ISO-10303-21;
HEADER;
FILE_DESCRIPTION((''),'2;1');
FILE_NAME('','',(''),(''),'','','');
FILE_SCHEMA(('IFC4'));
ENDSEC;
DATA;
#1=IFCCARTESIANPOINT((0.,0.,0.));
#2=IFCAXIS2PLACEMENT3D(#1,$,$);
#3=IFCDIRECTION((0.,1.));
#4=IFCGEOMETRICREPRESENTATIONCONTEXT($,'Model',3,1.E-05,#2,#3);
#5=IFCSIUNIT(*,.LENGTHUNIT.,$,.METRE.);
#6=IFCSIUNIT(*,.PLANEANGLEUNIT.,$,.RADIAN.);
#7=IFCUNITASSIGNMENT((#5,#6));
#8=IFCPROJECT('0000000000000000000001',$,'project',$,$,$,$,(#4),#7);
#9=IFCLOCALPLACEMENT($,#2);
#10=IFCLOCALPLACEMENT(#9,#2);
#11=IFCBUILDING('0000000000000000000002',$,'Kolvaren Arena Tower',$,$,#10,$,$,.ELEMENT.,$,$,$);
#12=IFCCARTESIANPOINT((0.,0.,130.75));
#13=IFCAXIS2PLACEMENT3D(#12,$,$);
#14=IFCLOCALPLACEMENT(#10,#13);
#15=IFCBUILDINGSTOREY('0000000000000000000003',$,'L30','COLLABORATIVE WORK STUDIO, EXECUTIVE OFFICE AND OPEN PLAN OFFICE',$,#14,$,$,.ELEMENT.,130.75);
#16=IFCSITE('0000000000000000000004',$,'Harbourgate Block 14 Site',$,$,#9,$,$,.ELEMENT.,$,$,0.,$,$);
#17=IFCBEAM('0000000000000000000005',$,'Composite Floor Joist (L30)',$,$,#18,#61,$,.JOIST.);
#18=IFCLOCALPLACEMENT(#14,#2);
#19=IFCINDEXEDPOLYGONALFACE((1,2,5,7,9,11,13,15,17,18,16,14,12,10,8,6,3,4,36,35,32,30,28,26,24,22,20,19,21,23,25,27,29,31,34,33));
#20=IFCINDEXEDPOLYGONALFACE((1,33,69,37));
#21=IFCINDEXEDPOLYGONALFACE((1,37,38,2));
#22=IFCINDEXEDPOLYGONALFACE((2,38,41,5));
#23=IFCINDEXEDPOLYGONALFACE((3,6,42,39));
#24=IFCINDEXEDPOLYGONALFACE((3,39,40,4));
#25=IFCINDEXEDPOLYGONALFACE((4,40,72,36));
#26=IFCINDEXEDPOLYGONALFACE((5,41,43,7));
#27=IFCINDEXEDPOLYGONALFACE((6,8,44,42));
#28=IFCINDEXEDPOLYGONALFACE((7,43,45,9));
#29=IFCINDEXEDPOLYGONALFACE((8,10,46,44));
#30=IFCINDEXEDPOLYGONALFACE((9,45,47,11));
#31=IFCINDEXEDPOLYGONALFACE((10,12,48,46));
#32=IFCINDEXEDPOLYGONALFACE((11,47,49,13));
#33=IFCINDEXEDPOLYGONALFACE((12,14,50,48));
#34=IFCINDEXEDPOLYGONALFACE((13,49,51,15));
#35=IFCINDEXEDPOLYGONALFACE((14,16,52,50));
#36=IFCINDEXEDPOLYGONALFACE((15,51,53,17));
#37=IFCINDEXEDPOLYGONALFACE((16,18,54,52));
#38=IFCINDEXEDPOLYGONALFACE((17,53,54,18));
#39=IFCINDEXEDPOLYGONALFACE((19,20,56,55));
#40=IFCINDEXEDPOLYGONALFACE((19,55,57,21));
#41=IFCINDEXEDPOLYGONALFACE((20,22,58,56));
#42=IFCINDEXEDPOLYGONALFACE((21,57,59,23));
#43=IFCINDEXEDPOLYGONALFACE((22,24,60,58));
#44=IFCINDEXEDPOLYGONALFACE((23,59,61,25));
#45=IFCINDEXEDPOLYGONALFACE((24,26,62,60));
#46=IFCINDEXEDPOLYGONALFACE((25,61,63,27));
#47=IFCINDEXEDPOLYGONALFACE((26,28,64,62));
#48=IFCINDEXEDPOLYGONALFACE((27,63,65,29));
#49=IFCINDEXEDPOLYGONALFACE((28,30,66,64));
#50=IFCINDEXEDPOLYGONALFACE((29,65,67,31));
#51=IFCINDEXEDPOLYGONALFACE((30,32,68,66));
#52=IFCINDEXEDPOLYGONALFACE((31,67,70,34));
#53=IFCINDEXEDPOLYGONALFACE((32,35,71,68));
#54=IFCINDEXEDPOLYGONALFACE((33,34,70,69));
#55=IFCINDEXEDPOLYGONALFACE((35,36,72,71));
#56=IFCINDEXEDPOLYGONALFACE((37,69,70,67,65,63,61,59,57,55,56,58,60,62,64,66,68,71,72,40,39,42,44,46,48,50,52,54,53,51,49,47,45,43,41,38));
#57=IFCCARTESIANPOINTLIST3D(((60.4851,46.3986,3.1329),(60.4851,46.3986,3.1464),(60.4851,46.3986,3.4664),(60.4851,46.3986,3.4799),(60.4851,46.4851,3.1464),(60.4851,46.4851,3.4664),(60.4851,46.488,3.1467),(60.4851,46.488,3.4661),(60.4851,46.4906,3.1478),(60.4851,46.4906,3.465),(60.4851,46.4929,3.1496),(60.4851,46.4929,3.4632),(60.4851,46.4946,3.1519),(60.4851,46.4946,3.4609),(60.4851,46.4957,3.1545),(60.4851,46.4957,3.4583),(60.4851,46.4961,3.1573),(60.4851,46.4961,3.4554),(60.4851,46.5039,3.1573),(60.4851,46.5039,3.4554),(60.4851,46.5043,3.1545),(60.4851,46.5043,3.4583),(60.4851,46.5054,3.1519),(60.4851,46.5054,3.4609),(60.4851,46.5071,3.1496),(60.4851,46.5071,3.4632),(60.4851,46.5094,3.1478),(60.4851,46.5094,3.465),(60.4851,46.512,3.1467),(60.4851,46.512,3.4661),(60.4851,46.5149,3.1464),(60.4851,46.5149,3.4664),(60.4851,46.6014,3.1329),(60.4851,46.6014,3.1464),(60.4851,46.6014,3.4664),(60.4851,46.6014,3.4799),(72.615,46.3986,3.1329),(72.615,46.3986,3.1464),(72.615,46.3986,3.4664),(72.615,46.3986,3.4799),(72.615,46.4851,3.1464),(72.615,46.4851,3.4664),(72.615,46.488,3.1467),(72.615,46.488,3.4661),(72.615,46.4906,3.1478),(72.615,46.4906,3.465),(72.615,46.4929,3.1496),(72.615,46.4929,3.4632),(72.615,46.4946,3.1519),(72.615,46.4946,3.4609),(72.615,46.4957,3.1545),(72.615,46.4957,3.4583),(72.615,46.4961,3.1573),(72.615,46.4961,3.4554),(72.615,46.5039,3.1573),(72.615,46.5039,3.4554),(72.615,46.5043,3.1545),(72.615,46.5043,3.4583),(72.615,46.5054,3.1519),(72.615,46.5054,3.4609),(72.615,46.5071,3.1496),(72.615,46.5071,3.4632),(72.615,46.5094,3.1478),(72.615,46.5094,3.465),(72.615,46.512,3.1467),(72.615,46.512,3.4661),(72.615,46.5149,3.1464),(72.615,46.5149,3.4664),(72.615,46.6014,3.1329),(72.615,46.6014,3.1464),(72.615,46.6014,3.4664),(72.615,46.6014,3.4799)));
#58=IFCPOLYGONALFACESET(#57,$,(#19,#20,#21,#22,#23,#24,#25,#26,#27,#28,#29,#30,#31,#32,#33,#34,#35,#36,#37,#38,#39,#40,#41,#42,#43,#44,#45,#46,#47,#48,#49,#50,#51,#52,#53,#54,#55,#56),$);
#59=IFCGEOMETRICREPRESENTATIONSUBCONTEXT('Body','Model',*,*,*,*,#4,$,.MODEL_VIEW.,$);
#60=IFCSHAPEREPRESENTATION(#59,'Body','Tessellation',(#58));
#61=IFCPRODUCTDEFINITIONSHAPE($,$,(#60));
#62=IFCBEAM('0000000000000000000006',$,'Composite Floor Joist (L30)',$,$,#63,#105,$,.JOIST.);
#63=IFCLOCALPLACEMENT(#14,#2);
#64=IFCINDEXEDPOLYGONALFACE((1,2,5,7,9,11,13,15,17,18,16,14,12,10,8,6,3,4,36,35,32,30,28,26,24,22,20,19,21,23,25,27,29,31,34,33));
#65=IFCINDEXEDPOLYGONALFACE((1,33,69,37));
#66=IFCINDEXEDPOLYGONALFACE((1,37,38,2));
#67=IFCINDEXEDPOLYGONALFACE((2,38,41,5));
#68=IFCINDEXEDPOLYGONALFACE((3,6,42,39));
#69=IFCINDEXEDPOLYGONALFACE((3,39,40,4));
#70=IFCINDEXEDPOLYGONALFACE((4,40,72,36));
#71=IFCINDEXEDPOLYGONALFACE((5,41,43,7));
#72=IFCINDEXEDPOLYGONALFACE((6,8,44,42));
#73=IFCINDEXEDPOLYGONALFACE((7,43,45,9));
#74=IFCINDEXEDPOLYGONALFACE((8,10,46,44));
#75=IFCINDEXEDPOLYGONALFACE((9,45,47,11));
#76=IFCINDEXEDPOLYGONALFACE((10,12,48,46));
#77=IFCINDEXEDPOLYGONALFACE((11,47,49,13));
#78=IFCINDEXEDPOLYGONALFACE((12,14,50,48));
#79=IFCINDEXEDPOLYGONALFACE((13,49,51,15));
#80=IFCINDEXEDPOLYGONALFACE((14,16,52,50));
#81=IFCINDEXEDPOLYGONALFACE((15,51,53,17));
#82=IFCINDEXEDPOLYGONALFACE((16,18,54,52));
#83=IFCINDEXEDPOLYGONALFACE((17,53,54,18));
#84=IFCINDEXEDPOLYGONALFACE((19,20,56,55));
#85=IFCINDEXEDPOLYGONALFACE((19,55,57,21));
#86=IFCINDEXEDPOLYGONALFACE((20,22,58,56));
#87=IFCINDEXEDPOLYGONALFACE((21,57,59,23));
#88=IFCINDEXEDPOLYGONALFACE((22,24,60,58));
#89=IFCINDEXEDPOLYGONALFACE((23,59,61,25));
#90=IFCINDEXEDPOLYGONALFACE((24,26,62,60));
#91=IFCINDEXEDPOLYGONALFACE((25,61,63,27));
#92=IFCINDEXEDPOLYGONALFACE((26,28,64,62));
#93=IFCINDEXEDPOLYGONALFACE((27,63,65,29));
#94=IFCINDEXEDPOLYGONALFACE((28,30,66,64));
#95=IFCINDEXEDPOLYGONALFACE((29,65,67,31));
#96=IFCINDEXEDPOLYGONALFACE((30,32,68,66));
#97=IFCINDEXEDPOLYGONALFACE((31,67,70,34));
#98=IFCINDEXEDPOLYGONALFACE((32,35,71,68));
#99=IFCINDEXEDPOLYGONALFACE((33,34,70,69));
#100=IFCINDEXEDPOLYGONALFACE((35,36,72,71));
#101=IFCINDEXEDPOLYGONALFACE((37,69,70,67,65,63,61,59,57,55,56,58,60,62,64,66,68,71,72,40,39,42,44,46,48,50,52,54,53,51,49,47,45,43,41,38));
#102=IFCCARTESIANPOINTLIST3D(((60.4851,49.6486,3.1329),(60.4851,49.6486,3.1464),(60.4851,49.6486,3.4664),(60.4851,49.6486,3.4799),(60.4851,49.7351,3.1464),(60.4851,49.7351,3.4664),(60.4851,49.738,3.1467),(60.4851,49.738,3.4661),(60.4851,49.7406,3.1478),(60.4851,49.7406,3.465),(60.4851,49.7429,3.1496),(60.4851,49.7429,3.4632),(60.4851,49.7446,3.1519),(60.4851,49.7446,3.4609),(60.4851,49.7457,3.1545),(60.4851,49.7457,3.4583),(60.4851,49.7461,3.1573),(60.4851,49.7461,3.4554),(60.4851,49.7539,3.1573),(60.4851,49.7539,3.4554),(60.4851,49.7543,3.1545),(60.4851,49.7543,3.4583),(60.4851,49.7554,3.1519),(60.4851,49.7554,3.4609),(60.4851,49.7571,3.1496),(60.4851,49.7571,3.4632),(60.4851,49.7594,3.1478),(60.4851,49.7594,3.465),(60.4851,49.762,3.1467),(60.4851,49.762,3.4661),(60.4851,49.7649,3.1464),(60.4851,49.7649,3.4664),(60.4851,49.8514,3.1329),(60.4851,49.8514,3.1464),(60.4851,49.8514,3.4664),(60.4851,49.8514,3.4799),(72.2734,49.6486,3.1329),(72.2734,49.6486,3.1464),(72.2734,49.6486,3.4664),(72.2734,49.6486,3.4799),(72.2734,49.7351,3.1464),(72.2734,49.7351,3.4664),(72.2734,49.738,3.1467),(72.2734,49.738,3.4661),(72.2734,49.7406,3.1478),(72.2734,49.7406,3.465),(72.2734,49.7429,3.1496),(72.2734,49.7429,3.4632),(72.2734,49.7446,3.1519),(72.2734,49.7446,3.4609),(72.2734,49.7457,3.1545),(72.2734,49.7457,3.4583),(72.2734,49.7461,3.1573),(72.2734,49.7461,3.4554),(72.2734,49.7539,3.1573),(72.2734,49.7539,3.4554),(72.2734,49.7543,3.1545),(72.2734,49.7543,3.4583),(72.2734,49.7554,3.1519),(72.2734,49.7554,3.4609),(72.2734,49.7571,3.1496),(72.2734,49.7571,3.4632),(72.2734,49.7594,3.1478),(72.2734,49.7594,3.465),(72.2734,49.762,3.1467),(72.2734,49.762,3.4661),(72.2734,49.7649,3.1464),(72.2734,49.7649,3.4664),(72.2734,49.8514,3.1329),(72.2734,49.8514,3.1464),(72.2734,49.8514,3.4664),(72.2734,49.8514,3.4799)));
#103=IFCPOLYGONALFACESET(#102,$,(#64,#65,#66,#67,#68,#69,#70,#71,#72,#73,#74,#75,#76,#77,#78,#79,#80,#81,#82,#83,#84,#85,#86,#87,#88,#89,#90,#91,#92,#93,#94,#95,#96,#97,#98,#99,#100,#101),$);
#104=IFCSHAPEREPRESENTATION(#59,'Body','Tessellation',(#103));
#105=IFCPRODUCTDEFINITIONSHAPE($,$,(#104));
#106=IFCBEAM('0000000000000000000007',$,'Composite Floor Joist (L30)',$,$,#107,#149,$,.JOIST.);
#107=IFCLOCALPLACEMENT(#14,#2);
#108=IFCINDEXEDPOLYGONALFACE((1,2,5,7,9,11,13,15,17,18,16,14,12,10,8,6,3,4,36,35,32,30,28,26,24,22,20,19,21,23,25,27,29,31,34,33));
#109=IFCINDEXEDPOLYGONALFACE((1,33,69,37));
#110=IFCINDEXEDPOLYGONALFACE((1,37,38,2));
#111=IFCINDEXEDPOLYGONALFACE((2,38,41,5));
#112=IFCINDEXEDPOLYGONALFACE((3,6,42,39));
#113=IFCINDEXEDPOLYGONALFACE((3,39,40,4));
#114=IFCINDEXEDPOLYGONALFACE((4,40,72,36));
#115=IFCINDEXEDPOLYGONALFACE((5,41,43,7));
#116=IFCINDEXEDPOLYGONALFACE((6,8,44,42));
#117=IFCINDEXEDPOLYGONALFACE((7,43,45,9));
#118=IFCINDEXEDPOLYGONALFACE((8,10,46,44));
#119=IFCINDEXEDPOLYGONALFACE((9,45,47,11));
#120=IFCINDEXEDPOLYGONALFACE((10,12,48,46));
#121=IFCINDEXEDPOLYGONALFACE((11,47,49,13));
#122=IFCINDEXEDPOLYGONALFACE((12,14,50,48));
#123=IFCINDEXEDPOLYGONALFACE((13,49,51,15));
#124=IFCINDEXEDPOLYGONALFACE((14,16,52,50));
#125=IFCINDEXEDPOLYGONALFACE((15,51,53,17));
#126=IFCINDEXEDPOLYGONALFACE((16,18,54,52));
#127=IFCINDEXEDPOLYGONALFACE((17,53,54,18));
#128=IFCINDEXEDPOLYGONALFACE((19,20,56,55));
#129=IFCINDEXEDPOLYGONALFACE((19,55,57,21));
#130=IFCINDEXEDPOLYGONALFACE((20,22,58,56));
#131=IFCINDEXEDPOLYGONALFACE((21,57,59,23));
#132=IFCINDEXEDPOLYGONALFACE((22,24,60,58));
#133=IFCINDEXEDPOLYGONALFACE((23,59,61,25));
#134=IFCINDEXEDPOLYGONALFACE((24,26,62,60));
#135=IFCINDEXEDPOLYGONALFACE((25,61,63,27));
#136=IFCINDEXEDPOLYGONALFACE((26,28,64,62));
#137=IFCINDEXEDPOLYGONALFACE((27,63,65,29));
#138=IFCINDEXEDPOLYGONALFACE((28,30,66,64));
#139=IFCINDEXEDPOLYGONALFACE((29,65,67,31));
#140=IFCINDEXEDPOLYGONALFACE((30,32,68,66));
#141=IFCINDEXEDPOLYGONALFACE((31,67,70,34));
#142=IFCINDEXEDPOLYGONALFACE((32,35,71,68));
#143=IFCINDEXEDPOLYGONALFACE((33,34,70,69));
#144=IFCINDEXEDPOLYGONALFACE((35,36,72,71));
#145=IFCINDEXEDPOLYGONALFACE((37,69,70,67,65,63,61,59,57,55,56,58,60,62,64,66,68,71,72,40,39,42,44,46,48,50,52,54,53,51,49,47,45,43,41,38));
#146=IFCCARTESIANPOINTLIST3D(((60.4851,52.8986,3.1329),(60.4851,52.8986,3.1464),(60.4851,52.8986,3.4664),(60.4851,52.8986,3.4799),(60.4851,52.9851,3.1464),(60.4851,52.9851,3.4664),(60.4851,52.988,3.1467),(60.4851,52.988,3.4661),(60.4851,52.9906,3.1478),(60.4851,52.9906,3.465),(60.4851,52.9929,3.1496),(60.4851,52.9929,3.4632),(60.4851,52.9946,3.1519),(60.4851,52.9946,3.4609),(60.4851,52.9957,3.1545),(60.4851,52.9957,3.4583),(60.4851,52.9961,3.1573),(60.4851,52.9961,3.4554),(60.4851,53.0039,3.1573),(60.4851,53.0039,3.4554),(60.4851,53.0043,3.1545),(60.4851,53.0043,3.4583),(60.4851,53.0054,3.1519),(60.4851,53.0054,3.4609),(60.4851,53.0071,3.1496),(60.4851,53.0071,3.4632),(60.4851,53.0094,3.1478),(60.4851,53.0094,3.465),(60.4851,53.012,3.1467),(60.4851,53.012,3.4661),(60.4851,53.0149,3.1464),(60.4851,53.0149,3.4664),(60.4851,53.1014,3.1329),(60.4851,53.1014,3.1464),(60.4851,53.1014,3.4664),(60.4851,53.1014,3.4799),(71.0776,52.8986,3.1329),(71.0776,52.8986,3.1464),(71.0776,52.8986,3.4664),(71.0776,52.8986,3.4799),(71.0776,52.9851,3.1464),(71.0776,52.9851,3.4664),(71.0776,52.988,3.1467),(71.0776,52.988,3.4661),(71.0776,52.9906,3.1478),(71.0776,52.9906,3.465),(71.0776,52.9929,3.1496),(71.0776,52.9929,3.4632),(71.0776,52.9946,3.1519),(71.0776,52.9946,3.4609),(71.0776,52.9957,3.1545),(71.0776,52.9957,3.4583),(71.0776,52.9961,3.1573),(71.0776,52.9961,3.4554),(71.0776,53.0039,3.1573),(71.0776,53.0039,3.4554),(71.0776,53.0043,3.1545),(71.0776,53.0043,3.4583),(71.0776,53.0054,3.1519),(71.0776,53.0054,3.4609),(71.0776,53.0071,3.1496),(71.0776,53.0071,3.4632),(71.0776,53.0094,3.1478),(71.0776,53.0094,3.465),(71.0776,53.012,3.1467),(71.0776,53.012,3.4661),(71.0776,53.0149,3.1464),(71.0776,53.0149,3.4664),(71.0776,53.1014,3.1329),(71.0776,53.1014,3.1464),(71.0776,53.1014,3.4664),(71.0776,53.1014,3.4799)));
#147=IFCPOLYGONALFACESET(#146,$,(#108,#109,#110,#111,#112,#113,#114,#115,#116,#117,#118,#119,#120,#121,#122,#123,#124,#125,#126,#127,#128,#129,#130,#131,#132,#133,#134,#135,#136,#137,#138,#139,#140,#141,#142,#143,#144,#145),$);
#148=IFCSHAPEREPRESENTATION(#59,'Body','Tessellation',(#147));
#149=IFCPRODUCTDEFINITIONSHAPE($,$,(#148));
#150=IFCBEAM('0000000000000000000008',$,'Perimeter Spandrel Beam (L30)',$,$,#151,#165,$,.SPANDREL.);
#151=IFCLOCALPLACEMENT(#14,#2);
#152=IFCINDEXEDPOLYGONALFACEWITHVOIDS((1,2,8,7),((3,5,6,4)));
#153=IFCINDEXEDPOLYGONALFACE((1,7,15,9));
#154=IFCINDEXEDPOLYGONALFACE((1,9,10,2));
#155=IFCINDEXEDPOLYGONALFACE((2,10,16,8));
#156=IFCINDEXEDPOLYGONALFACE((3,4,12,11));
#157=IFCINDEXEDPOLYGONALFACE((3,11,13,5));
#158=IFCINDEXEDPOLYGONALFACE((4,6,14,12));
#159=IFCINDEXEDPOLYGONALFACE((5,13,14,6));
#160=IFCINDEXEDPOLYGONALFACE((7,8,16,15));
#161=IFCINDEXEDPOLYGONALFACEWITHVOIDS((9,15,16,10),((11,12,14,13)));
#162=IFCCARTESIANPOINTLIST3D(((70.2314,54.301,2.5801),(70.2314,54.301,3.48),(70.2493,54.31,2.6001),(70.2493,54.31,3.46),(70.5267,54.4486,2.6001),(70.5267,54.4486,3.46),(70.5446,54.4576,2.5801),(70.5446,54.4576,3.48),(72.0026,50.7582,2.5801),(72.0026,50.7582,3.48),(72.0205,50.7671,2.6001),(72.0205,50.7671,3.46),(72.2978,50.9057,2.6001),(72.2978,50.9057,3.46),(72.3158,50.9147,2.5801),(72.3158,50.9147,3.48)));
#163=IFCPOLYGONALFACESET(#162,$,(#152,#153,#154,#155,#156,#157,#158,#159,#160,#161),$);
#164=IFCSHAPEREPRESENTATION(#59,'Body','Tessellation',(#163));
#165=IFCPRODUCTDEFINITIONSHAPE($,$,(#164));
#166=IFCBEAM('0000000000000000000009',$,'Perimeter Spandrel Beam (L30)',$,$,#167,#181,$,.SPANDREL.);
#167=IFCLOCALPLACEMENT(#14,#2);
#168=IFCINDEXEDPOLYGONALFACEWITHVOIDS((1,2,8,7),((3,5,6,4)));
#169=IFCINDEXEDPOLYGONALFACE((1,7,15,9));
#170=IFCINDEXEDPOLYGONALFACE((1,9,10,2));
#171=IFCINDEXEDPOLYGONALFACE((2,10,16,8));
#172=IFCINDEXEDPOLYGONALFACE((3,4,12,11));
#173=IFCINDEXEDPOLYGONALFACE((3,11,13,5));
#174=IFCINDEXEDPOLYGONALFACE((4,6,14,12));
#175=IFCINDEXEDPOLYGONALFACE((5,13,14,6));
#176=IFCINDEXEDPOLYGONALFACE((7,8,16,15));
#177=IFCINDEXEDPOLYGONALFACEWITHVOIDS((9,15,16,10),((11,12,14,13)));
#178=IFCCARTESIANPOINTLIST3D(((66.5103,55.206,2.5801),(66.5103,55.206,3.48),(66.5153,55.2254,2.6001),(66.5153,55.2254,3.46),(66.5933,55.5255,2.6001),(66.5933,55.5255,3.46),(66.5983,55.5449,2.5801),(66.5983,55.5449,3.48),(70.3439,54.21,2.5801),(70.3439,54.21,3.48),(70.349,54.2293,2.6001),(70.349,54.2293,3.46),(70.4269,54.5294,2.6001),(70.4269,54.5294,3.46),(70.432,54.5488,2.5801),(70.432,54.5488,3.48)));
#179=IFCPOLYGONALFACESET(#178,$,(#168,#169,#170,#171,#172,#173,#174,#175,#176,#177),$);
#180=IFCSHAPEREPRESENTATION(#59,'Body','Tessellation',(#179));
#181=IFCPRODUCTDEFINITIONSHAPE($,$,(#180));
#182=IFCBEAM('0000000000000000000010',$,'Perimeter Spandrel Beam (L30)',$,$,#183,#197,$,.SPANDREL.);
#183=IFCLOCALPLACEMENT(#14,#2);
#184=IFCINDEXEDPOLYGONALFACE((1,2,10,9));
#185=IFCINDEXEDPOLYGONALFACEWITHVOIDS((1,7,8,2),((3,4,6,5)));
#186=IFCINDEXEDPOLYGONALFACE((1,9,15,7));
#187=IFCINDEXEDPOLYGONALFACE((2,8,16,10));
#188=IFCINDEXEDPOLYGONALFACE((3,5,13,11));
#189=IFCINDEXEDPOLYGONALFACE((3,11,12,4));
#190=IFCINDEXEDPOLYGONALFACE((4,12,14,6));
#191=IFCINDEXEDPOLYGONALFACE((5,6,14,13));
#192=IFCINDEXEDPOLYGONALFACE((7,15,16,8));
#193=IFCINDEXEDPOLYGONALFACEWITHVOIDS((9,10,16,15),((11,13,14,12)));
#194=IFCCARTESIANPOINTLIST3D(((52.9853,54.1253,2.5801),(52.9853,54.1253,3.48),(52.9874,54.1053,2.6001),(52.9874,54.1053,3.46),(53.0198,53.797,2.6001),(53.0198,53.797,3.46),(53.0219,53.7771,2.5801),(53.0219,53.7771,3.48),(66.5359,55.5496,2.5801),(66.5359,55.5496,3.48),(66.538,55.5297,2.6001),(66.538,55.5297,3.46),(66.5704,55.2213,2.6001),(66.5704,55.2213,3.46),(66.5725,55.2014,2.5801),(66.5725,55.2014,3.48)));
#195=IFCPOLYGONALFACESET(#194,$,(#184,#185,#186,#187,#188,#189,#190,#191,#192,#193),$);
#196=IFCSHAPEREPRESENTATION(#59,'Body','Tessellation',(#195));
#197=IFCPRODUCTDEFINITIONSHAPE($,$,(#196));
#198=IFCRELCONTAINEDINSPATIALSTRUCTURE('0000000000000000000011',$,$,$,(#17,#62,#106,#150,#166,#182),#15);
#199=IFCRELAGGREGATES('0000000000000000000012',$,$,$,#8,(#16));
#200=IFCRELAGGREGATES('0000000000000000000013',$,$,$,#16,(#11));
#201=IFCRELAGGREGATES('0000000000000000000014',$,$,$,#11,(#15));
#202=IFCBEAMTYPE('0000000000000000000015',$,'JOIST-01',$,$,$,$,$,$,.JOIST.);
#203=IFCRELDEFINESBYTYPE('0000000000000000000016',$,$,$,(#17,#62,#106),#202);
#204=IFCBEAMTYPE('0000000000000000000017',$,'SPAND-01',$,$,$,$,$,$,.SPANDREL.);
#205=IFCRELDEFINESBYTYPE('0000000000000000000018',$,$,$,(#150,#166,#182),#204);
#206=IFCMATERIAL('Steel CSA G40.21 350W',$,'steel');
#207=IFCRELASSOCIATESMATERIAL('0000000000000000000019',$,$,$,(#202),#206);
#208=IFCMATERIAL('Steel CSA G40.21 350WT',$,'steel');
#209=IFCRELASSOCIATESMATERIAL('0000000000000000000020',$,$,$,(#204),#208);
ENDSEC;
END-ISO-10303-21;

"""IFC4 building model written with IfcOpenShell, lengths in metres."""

from ifc_helpers import new_model, si_unit, direction, frame, origin, origin_2d, place, context, subcontext, project, spatial, hollow_rectangle, i_section, extrude, material, material_profile, profile_set, type_object, element, save


model = new_model("IFC4")

# Units and contexts
model_context = context("Model", 3, precision=1e-05, world=origin(), true_north=direction((0.0, 1.0)))
body_context = subcontext(model_context, "Body", "Model", "MODEL_VIEW")
ifc_project = project(units=[si_unit("LENGTHUNIT", "METRE"), si_unit("PLANEANGLEUNIT", "RADIAN")], contexts=[model_context])

# Site, building, storey
site_placement = place(None, origin())
site = spatial("IfcSite", under=ifc_project, at=site_placement, Name="Harbourgate Block 14 Site", CompositionType="ELEMENT", RefElevation=0.0)
building_placement = place(site_placement, origin())
building = spatial("IfcBuilding", under=site, at=building_placement, Name="Kolvaren Arena Tower", CompositionType="ELEMENT")
storey_placement = place(building_placement, frame((0.0, 0.0, 130.75)))
storey = spatial("IfcBuildingStorey", under=building, at=storey_placement, Name="L30", Description="COLLABORATIVE WORK STUDIO, EXECUTIVE OFFICE AND OPEN PLAN OFFICE", CompositionType="ELEMENT", Elevation=130.75)

# Beams
ifc_material_1 = material(Name="Steel CSA G40.21 350W", Category="steel")
ifc_material_profile_1 = material_profile(ifc_material_1, i_section(OverallWidth=0.2029, OverallDepth=0.3469, WebThickness=0.0078, FlangeThickness=0.0134, FilletRadius=0.011, at=origin_2d()), Name="W360x64")
ifc_profile_set_1 = profile_set([ifc_material_profile_1], Name="Steel CSA G40.21 350W")
beam_type_1 = type_object("IfcBeamType", Name="JOIST-01", PredefinedType="JOIST", material=ifc_profile_set_1)
beam_1_placement = place(storey_placement, frame((60.4851, 46.5, 3.3064), z_axis=(1.0, 0.0, 0.0), x_axis=(0.0, 1.0, 0.0)))
element("IfcBeam", 1, at=beam_1_placement, inside=storey, type_object=beam_type_1, Name="Composite Floor Joist (L30)", PredefinedType="JOIST", context=body_context, shape_type="SweptSolid", body=[
    extrude(i_section(OverallWidth=0.2029, OverallDepth=0.3469, WebThickness=0.0078, FlangeThickness=0.0134, FilletRadius=0.011, at=origin_2d()), origin(), (0.0, 0.0, 1.0), 12.1299),
])
beam_2_placement = place(storey_placement, frame((60.4851, 49.75, 3.3064), z_axis=(1.0, 0.0, 0.0), x_axis=(0.0, 1.0, 0.0)))
element("IfcBeam", 2, at=beam_2_placement, inside=storey, type_object=beam_type_1, Name="Composite Floor Joist (L30)", PredefinedType="JOIST", context=body_context, shape_type="SweptSolid", body=[
    extrude(i_section(OverallWidth=0.2029, OverallDepth=0.3469, WebThickness=0.0078, FlangeThickness=0.0134, FilletRadius=0.011, at=origin_2d()), origin(), (0.0, 0.0, 1.0), 11.7883),
])
beam_3_placement = place(storey_placement, frame((60.4851, 53.0, 3.3064), z_axis=(1.0, 0.0, 0.0), x_axis=(0.0, 1.0, 0.0)))
element("IfcBeam", 3, at=beam_3_placement, inside=storey, type_object=beam_type_1, Name="Composite Floor Joist (L30)", PredefinedType="JOIST", context=body_context, shape_type="SweptSolid", body=[
    extrude(i_section(OverallWidth=0.2029, OverallDepth=0.3469, WebThickness=0.0078, FlangeThickness=0.0134, FilletRadius=0.011, at=origin_2d()), origin(), (0.0, 0.0, 1.0), 10.5925),
])
ifc_material_2 = material(Name="Steel CSA G40.21 350WT", Category="steel")
ifc_material_profile_2 = material_profile(ifc_material_2, hollow_rectangle(XDim=0.3501, YDim=0.8999, WallThickness=0.02, at=origin_2d()), Name="HSS 900x350x20")
ifc_profile_set_2 = profile_set([ifc_material_profile_2], Name="Steel CSA G40.21 350WT")
beam_type_2 = type_object("IfcBeamType", Name="SPAND-01", PredefinedType="SPANDREL", material=ifc_profile_set_2)
for number, where, z_axis, x_axis, name in (
    (4, (72.1592, 50.8364, 3.03), (-0.447164, 0.894452, 0.0), (-0.894452, -0.447164, 0.0), "Perimeter Spandrel Beam (L30)"),
    (5, (70.3879, 54.3794, 3.03), (-0.967864, 0.251473, 0.0), (-0.251473, -0.967864, 0.0), "Perimeter Spandrel Beam (L30)"),
):
    element("IfcBeam", number, at=place(storey_placement, frame(where, z_axis=z_axis, x_axis=x_axis)), inside=storey, type_object=beam_type_2, Name=name, PredefinedType="SPANDREL", context=body_context, shape_type="SweptSolid", body=[
        extrude(hollow_rectangle(XDim=0.3501, YDim=0.8999, WallThickness=0.02, at=origin_2d()), origin(), (0.0, 0.0, 1.0), 3.9609),
    ])
beam_4_placement = place(storey_placement, frame((66.5542, 55.3755, 3.03), z_axis=(-0.994521, -0.104536, 0.0), x_axis=(0.104536, -0.994521, 0.0)))
element("IfcBeam", 6, at=beam_4_placement, inside=storey, type_object=beam_type_2, Name="Perimeter Spandrel Beam (L30)", PredefinedType="SPANDREL", context=body_context, shape_type="SweptSolid", body=[
    extrude(hollow_rectangle(XDim=0.3501, YDim=0.8999, WallThickness=0.02, at=origin_2d()), origin(), (0.0, 0.0, 1.0), 13.6252),
])

save(model, "model.ifc")
